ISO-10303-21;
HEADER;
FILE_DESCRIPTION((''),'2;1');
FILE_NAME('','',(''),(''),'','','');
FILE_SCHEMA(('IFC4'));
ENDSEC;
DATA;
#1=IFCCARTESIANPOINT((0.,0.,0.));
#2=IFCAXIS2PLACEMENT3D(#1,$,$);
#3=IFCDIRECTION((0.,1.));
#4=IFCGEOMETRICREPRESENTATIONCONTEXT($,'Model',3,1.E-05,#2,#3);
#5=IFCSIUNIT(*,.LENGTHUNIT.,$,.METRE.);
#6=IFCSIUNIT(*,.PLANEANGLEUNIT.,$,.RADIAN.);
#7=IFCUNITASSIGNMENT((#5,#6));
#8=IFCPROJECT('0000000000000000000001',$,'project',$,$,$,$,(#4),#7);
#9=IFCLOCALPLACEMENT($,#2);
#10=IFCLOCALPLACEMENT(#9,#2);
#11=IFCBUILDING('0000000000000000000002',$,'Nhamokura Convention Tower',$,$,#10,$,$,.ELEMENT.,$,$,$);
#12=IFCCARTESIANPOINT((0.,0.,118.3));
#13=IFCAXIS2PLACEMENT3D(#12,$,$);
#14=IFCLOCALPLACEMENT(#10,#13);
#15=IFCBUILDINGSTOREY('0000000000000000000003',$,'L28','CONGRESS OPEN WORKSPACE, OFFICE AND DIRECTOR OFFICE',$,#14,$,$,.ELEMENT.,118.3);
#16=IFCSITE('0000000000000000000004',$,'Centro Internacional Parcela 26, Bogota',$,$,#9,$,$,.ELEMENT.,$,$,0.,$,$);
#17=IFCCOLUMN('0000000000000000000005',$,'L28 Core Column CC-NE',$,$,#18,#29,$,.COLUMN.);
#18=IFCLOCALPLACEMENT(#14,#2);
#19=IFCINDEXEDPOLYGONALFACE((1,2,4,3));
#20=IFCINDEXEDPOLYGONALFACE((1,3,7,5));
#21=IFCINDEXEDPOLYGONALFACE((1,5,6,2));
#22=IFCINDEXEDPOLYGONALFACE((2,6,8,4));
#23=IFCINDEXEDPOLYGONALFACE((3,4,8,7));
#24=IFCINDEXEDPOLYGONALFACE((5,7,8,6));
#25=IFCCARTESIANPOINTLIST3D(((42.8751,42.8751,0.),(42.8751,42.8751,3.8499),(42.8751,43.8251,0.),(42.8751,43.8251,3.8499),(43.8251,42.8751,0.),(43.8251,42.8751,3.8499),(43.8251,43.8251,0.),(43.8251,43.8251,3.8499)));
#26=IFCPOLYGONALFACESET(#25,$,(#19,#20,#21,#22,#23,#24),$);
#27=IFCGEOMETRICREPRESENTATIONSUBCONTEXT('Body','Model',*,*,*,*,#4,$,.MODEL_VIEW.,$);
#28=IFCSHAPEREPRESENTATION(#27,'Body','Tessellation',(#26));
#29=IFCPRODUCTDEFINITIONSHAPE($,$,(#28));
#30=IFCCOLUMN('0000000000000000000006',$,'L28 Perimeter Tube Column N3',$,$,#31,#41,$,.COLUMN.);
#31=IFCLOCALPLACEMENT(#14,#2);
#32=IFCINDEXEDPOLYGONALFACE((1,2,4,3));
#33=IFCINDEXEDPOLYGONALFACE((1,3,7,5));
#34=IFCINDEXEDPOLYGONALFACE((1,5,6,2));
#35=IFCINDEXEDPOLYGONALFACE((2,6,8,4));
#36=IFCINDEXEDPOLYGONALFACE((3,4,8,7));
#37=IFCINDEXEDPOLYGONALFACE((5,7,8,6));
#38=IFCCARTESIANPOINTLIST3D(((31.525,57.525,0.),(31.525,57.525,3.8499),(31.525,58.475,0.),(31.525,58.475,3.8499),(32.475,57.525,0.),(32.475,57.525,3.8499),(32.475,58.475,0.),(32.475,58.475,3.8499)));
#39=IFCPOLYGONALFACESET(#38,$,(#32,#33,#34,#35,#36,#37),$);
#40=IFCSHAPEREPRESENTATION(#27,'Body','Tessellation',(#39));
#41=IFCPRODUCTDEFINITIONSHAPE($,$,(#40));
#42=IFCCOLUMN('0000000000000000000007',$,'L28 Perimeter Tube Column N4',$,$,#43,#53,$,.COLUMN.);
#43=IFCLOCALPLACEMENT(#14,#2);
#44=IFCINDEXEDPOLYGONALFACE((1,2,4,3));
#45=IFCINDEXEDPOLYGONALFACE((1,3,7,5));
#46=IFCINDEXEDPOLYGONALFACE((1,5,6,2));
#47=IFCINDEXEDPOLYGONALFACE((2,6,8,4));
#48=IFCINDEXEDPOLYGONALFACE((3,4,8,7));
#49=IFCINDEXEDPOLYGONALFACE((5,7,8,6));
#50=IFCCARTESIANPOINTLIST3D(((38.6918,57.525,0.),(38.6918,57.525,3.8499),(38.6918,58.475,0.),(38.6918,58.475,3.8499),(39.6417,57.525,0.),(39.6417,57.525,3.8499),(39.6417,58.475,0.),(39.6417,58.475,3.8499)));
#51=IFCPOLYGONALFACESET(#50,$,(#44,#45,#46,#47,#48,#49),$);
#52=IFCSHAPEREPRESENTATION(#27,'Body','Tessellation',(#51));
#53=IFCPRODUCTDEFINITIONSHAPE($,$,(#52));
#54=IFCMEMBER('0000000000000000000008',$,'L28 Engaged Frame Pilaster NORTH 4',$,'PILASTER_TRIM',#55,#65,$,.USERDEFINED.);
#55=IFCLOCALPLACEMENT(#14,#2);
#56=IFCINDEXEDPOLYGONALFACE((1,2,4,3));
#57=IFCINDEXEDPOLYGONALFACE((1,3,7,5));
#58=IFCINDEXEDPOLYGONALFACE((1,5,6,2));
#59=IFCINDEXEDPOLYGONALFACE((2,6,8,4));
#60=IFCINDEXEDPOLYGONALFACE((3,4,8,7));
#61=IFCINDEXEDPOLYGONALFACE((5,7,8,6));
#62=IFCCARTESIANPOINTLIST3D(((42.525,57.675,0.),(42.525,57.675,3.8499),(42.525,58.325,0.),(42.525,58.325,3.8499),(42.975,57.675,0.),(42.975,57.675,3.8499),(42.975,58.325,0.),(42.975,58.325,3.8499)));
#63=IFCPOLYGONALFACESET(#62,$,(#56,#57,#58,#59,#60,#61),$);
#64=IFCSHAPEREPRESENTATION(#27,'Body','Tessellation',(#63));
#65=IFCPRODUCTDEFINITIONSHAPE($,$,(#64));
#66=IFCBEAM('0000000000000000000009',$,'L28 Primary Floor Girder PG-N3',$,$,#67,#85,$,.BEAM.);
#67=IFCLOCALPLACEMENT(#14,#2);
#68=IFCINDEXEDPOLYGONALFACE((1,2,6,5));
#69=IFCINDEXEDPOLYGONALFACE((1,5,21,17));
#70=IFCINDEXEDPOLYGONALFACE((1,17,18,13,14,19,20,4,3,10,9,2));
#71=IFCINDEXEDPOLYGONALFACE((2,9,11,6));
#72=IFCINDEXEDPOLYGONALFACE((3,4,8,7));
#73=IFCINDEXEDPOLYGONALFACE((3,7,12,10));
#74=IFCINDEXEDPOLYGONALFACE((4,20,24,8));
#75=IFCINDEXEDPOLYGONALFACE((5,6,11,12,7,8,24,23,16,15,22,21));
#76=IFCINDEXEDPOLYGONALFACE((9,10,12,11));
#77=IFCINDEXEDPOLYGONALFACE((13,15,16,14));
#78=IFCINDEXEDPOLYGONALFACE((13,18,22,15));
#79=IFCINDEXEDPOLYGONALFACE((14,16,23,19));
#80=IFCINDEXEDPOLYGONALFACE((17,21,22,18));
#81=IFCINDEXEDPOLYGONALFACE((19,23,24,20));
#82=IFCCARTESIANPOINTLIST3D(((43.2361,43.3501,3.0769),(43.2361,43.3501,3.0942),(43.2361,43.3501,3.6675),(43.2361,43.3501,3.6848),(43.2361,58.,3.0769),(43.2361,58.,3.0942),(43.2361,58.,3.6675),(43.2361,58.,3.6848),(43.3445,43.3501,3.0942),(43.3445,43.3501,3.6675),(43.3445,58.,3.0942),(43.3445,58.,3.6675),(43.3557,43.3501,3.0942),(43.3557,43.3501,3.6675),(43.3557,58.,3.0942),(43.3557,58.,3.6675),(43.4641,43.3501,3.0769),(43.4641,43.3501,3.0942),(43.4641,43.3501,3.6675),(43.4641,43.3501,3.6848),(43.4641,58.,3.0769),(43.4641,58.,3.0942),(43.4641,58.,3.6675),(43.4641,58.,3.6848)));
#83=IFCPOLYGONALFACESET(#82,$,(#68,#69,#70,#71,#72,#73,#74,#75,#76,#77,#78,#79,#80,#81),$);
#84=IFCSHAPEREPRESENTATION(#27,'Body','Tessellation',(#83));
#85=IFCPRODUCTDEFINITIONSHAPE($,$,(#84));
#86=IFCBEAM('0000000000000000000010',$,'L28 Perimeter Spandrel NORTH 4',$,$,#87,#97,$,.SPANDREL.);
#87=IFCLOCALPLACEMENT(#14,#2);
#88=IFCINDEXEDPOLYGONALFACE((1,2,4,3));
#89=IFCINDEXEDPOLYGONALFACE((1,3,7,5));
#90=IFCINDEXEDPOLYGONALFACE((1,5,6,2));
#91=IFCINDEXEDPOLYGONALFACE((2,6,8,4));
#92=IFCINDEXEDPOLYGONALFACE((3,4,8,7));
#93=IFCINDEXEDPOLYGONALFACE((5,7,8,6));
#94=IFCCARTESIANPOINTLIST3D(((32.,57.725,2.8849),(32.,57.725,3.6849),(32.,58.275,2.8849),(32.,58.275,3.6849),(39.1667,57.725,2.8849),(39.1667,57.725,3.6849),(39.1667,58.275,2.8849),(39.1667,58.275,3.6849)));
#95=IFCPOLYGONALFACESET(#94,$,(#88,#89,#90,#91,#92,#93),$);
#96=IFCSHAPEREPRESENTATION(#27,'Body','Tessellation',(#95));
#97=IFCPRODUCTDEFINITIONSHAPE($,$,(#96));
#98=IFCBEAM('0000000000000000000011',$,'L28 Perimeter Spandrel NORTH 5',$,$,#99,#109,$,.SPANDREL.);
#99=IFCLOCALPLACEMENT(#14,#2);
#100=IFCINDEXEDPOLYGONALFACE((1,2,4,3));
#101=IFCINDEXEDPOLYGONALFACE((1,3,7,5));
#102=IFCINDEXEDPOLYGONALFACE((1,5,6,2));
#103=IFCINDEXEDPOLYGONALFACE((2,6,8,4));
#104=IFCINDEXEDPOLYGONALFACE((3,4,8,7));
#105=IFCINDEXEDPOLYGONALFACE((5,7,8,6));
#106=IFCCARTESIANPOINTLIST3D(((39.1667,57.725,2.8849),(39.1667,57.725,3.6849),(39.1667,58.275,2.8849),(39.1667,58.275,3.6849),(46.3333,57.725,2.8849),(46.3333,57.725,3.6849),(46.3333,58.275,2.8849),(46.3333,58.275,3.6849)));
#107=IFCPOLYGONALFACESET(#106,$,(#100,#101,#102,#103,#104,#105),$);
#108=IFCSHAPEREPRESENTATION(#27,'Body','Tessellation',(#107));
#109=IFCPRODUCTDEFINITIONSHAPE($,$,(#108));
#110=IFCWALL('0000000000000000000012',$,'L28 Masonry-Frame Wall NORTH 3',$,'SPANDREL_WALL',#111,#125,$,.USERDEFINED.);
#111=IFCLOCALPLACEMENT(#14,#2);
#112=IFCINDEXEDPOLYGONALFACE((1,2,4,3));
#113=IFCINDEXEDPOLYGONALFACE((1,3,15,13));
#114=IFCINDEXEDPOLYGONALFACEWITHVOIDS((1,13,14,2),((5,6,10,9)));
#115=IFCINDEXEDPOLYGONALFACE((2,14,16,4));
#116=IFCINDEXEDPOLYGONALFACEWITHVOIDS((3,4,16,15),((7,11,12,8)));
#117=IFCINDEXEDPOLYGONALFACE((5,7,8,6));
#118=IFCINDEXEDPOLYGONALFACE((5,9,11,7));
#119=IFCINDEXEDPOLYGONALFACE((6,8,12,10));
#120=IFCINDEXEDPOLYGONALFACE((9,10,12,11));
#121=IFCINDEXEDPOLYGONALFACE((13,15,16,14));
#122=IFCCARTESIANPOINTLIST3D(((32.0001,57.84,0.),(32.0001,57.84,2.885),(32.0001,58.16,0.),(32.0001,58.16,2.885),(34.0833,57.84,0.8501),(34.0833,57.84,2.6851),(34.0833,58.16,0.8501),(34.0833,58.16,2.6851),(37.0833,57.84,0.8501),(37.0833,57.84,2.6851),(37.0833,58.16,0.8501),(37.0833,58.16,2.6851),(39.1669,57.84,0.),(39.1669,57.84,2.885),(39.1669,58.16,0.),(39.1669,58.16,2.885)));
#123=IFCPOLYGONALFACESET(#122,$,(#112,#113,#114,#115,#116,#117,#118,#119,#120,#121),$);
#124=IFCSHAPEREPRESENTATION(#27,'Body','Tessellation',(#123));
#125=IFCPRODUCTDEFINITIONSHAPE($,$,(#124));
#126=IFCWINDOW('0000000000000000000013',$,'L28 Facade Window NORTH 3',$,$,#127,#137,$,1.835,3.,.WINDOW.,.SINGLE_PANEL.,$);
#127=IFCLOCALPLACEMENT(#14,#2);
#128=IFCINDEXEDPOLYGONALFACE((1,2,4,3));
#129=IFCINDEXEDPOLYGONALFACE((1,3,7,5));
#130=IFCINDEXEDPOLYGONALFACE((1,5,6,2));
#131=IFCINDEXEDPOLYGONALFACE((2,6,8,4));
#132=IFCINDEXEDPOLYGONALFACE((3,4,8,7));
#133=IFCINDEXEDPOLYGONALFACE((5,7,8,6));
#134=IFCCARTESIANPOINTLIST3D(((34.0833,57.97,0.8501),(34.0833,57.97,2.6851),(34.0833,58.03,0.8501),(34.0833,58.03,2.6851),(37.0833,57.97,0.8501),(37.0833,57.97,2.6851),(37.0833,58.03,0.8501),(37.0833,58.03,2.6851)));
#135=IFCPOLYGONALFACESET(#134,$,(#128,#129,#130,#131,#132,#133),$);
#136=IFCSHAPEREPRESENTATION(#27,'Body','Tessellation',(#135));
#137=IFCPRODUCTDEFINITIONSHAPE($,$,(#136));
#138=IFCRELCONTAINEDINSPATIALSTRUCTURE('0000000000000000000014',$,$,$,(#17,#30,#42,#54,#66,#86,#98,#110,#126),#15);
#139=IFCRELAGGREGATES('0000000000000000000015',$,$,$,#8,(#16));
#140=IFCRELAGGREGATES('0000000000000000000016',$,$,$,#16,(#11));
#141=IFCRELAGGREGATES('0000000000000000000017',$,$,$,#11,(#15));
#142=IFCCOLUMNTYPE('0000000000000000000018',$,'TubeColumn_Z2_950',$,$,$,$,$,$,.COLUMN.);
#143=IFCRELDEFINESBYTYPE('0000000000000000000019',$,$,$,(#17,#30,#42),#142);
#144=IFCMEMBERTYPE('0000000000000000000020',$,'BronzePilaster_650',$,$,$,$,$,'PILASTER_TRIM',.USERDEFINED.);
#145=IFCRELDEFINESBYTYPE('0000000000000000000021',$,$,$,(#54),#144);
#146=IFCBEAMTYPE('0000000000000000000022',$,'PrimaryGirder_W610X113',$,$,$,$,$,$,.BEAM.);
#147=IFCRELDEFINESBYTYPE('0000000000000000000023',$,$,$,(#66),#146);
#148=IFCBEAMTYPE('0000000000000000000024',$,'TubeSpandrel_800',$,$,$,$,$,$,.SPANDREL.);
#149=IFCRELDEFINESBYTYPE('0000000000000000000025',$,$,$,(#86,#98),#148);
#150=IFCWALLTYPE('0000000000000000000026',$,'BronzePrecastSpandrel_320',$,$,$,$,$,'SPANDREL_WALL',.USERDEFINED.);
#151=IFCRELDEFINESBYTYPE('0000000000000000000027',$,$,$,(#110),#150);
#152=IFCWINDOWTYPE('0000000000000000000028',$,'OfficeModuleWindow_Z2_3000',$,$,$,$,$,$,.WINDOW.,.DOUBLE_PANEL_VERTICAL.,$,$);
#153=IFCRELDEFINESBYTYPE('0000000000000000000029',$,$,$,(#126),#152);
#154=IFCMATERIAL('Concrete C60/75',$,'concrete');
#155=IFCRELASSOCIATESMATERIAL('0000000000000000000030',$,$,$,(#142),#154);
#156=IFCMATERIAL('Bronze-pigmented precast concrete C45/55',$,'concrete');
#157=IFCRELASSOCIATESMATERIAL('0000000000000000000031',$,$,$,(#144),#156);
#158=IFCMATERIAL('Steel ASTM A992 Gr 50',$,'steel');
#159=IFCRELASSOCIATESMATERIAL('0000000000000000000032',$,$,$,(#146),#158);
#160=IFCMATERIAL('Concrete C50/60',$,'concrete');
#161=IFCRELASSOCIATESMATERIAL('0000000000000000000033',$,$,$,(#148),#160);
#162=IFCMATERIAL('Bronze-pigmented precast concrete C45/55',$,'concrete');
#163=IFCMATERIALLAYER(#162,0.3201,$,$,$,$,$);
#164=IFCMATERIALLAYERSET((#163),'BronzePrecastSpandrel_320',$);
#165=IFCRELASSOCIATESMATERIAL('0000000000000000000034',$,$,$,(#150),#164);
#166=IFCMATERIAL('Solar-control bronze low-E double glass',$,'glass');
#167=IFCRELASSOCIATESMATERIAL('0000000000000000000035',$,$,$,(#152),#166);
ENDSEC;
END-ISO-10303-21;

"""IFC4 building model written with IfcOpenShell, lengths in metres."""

from ifc_helpers import new_model, si_unit, direction, frame, frame_2d, origin, origin_2d, place, context, subcontext, project, spatial, rectangle, i_section, extrude, material, layer, layer_set, material_profile, profile_set, type_object, element, fill, save


model = new_model("IFC4")

# Units and contexts
model_context = context("Model", 3, precision=1e-05, world=origin(), true_north=direction((0.0, 1.0)))
body_context = subcontext(model_context, "Body", "Model", "MODEL_VIEW")
ifc_project = project(units=[si_unit("LENGTHUNIT", "METRE"), si_unit("PLANEANGLEUNIT", "RADIAN")], contexts=[model_context])

# Site, building, storey
site_placement = place(None, origin())
site = spatial("IfcSite", under=ifc_project, at=site_placement, Name="Centro Internacional Parcela 26, Bogota", CompositionType="ELEMENT", RefElevation=0.0)
building_placement = place(site_placement, origin())
building = spatial("IfcBuilding", under=site, at=building_placement, Name="Nhamokura Convention Tower", CompositionType="ELEMENT")
storey_placement = place(building_placement, frame((0.0, 0.0, 118.3)))
storey = spatial("IfcBuildingStorey", under=building, at=storey_placement, Name="L28", Description="CONGRESS OPEN WORKSPACE, OFFICE AND DIRECTOR OFFICE", CompositionType="ELEMENT", Elevation=118.3)

# Columns
ifc_material_1 = material(Name="Concrete C60/75", Category="concrete")
ifc_material_profile_1 = material_profile(ifc_material_1, rectangle(XDim=0.95, YDim=0.95, at=origin_2d()))
ifc_profile_set_1 = profile_set([ifc_material_profile_1], Name="Concrete C60/75")
column_type = type_object("IfcColumnType", Name="TubeColumn_Z2_950", PredefinedType="COLUMN", material=ifc_profile_set_1)
for number, where, z_axis, x_axis, name in (
    (1, (43.3501, 43.3501, 0.0), (0.0, 0.0, 1.0), (1.0, 0.0, 0.0), "L28 Core Column CC-NE"),
    (2, (32.0, 58.0, 0.0), (0.0, 0.0, 1.0), (1.0, 0.0, 0.0), "L28 Perimeter Tube Column N3"),
    (3, (39.1667, 58.0, 0.0), (0.0, 0.0, 1.0), (1.0, 0.0, 0.0), "L28 Perimeter Tube Column N4"),
):
    element("IfcColumn", number, at=place(storey_placement, frame(where, z_axis=z_axis, x_axis=x_axis)), inside=storey, type_object=column_type, Name=name, PredefinedType="COLUMN", context=body_context, shape_type="SweptSolid", body=[
        extrude(rectangle(XDim=0.95, YDim=0.95, at=origin_2d()), origin(), (0.0, 0.0, 1.0), 3.8499),
    ])

# Member
ifc_material_2 = material(Name="Bronze-pigmented precast concrete C45/55", Category="concrete")
ifc_material_profile_2 = material_profile(ifc_material_2, rectangle(XDim=0.45, YDim=0.6499, at=origin_2d()))
ifc_profile_set_2 = profile_set([ifc_material_profile_2], Name="Bronze-pigmented precast concrete C45/55")
member_type = type_object("IfcMemberType", Name="BronzePilaster_650", ElementType="PILASTER_TRIM", PredefinedType="USERDEFINED", material=ifc_profile_set_2)
member_placement = place(storey_placement, frame((42.75, 58.0, 0.0), z_axis=(0.0, 0.0, 1.0), x_axis=(1.0, 0.0, 0.0)))
element("IfcMember", 4, at=member_placement, inside=storey, type_object=member_type, Name="L28 Engaged Frame Pilaster NORTH 4", ObjectType="PILASTER_TRIM", PredefinedType="USERDEFINED", context=body_context, shape_type="SweptSolid", body=[
    extrude(rectangle(XDim=0.45, YDim=0.6499, at=origin_2d()), origin(), (0.0, 0.0, 1.0), 3.8499),
])

# Beams
ifc_material_3 = material(Name="Steel ASTM A992 Gr 50", Category="steel")
ifc_material_profile_3 = material_profile(ifc_material_3, i_section(OverallWidth=0.228, OverallDepth=0.6079, WebThickness=0.0112, FlangeThickness=0.0173, at=origin_2d()))
ifc_profile_set_3 = profile_set([ifc_material_profile_3], Name="Steel ASTM A992 Gr 50")
beam_type_1 = type_object("IfcBeamType", Name="PrimaryGirder_W610X113", PredefinedType="BEAM", material=ifc_profile_set_3)
beam_1_placement = place(storey_placement, frame((43.3501, 43.3501, 3.3809), z_axis=(0.0, 1.0, 0.0), x_axis=(-1.0, 0.0, 0.0)))
element("IfcBeam", 5, at=beam_1_placement, inside=storey, type_object=beam_type_1, Name="L28 Primary Floor Girder PG-N3", PredefinedType="BEAM", context=body_context, shape_type="SweptSolid", body=[
    extrude(i_section(OverallWidth=0.228, OverallDepth=0.6079, WebThickness=0.0112, FlangeThickness=0.0173, at=origin_2d()), origin(), (0.0, 0.0, 1.0), 14.6499),
])
ifc_material_4 = material(Name="Concrete C50/60", Category="concrete")
ifc_material_profile_4 = material_profile(ifc_material_4, rectangle(XDim=0.55, YDim=0.8, at=origin_2d()))
ifc_profile_set_4 = profile_set([ifc_material_profile_4], Name="Concrete C50/60")
beam_type_2 = type_object("IfcBeamType", Name="TubeSpandrel_800", PredefinedType="SPANDREL", material=ifc_profile_set_4)
beam_2_placement = place(storey_placement, frame((32.0, 58.0, 3.2849), z_axis=(1.0, 0.0, 0.0), x_axis=(0.0, 1.0, 0.0)))
element("IfcBeam", 6, at=beam_2_placement, inside=storey, type_object=beam_type_2, Name="L28 Perimeter Spandrel NORTH 4", PredefinedType="SPANDREL", context=body_context, shape_type="SweptSolid", body=[
    extrude(rectangle(XDim=0.55, YDim=0.8, at=origin_2d()), origin(), (0.0, 0.0, 1.0), 7.1667),
])
beam_3_placement = place(storey_placement, frame((39.1667, 58.0, 3.2849), z_axis=(1.0, 0.0, 0.0), x_axis=(0.0, 1.0, 0.0)))
element("IfcBeam", 7, at=beam_3_placement, inside=storey, type_object=beam_type_2, Name="L28 Perimeter Spandrel NORTH 5", PredefinedType="SPANDREL", context=body_context, shape_type="SweptSolid", body=[
    extrude(rectangle(XDim=0.55, YDim=0.8, at=origin_2d()), origin(), (0.0, 0.0, 1.0), 7.1665),
])

# Wall, opening, window
ifc_material_5 = material(Name="Bronze-pigmented precast concrete C45/55", Category="concrete")
ifc_layer_1 = layer(ifc_material_5, 0.3201)
ifc_layer_set_1 = layer_set([ifc_layer_1], Name="BronzePrecastSpandrel_320")
wall_type_1 = type_object("IfcWallType", Name="BronzePrecastSpandrel_320", ElementType="SPANDREL_WALL", PredefinedType="USERDEFINED", material=ifc_layer_set_1)
wall_1_placement = place(storey_placement, frame((32.0, 58.0, 0.0), z_axis=(0.0, 0.0, 1.0), x_axis=(1.0, 0.0, 0.0)))
wall_1 = element("IfcWall", 8, at=wall_1_placement, inside=storey, type_object=wall_type_1, Name="L28 Masonry-Frame Wall NORTH 3", ObjectType="SPANDREL_WALL", PredefinedType="USERDEFINED", context=body_context, shape_type="SweptSolid", body=[
    extrude(rectangle(XDim=7.1667, YDim=0.3201, at=frame_2d((3.5835, 0.0))), origin(), (0.0, 0.0, 1.0), 2.885),
])
opening_1_placement = place(wall_1_placement, frame((2.0833, 0.0, 0.8501)))
opening_1 = element("IfcOpeningElement", 9, at=opening_1_placement, cuts=wall_1, PredefinedType="OPENING", context=body_context, shape_type="SweptSolid", body=[
    extrude(rectangle(XDim=3.0, YDim=1.835, at=frame_2d((1.5, 0.9175))), frame((0.0, 0.1699, 0.0), z_axis=(0.0, -1.0, 0.0), x_axis=(1.0, 0.0, 0.0)), (0.0, 0.0, 1.0), 0.3401),
])
ifc_material_6 = material(Name="Solar-control bronze low-E double glass", Category="glass")
window_type_1 = type_object("IfcWindowType", Name="OfficeModuleWindow_Z2_3000", PartitioningType="DOUBLE_PANEL_VERTICAL", PredefinedType="WINDOW", material=ifc_material_6)
window_1_placement = place(opening_1_placement, origin())
window_1 = element("IfcWindow", 10, at=window_1_placement, inside=storey, type_object=window_type_1, Name="L28 Facade Window NORTH 3", OverallHeight=1.835, OverallWidth=3.0, PartitioningType="SINGLE_PANEL", PredefinedType="WINDOW", context=body_context, shape_type="SweptSolid", body=[
    extrude(rectangle(XDim=3.0, YDim=1.835, at=frame_2d((1.5, 0.9175))), frame((0.0, 0.03, 0.0), z_axis=(0.0, -1.0, 0.0), x_axis=(1.0, 0.0, 0.0)), (0.0, 0.0, 1.0), 0.0601),
])
fill(opening_1, window_1)

save(model, "model.ifc")
